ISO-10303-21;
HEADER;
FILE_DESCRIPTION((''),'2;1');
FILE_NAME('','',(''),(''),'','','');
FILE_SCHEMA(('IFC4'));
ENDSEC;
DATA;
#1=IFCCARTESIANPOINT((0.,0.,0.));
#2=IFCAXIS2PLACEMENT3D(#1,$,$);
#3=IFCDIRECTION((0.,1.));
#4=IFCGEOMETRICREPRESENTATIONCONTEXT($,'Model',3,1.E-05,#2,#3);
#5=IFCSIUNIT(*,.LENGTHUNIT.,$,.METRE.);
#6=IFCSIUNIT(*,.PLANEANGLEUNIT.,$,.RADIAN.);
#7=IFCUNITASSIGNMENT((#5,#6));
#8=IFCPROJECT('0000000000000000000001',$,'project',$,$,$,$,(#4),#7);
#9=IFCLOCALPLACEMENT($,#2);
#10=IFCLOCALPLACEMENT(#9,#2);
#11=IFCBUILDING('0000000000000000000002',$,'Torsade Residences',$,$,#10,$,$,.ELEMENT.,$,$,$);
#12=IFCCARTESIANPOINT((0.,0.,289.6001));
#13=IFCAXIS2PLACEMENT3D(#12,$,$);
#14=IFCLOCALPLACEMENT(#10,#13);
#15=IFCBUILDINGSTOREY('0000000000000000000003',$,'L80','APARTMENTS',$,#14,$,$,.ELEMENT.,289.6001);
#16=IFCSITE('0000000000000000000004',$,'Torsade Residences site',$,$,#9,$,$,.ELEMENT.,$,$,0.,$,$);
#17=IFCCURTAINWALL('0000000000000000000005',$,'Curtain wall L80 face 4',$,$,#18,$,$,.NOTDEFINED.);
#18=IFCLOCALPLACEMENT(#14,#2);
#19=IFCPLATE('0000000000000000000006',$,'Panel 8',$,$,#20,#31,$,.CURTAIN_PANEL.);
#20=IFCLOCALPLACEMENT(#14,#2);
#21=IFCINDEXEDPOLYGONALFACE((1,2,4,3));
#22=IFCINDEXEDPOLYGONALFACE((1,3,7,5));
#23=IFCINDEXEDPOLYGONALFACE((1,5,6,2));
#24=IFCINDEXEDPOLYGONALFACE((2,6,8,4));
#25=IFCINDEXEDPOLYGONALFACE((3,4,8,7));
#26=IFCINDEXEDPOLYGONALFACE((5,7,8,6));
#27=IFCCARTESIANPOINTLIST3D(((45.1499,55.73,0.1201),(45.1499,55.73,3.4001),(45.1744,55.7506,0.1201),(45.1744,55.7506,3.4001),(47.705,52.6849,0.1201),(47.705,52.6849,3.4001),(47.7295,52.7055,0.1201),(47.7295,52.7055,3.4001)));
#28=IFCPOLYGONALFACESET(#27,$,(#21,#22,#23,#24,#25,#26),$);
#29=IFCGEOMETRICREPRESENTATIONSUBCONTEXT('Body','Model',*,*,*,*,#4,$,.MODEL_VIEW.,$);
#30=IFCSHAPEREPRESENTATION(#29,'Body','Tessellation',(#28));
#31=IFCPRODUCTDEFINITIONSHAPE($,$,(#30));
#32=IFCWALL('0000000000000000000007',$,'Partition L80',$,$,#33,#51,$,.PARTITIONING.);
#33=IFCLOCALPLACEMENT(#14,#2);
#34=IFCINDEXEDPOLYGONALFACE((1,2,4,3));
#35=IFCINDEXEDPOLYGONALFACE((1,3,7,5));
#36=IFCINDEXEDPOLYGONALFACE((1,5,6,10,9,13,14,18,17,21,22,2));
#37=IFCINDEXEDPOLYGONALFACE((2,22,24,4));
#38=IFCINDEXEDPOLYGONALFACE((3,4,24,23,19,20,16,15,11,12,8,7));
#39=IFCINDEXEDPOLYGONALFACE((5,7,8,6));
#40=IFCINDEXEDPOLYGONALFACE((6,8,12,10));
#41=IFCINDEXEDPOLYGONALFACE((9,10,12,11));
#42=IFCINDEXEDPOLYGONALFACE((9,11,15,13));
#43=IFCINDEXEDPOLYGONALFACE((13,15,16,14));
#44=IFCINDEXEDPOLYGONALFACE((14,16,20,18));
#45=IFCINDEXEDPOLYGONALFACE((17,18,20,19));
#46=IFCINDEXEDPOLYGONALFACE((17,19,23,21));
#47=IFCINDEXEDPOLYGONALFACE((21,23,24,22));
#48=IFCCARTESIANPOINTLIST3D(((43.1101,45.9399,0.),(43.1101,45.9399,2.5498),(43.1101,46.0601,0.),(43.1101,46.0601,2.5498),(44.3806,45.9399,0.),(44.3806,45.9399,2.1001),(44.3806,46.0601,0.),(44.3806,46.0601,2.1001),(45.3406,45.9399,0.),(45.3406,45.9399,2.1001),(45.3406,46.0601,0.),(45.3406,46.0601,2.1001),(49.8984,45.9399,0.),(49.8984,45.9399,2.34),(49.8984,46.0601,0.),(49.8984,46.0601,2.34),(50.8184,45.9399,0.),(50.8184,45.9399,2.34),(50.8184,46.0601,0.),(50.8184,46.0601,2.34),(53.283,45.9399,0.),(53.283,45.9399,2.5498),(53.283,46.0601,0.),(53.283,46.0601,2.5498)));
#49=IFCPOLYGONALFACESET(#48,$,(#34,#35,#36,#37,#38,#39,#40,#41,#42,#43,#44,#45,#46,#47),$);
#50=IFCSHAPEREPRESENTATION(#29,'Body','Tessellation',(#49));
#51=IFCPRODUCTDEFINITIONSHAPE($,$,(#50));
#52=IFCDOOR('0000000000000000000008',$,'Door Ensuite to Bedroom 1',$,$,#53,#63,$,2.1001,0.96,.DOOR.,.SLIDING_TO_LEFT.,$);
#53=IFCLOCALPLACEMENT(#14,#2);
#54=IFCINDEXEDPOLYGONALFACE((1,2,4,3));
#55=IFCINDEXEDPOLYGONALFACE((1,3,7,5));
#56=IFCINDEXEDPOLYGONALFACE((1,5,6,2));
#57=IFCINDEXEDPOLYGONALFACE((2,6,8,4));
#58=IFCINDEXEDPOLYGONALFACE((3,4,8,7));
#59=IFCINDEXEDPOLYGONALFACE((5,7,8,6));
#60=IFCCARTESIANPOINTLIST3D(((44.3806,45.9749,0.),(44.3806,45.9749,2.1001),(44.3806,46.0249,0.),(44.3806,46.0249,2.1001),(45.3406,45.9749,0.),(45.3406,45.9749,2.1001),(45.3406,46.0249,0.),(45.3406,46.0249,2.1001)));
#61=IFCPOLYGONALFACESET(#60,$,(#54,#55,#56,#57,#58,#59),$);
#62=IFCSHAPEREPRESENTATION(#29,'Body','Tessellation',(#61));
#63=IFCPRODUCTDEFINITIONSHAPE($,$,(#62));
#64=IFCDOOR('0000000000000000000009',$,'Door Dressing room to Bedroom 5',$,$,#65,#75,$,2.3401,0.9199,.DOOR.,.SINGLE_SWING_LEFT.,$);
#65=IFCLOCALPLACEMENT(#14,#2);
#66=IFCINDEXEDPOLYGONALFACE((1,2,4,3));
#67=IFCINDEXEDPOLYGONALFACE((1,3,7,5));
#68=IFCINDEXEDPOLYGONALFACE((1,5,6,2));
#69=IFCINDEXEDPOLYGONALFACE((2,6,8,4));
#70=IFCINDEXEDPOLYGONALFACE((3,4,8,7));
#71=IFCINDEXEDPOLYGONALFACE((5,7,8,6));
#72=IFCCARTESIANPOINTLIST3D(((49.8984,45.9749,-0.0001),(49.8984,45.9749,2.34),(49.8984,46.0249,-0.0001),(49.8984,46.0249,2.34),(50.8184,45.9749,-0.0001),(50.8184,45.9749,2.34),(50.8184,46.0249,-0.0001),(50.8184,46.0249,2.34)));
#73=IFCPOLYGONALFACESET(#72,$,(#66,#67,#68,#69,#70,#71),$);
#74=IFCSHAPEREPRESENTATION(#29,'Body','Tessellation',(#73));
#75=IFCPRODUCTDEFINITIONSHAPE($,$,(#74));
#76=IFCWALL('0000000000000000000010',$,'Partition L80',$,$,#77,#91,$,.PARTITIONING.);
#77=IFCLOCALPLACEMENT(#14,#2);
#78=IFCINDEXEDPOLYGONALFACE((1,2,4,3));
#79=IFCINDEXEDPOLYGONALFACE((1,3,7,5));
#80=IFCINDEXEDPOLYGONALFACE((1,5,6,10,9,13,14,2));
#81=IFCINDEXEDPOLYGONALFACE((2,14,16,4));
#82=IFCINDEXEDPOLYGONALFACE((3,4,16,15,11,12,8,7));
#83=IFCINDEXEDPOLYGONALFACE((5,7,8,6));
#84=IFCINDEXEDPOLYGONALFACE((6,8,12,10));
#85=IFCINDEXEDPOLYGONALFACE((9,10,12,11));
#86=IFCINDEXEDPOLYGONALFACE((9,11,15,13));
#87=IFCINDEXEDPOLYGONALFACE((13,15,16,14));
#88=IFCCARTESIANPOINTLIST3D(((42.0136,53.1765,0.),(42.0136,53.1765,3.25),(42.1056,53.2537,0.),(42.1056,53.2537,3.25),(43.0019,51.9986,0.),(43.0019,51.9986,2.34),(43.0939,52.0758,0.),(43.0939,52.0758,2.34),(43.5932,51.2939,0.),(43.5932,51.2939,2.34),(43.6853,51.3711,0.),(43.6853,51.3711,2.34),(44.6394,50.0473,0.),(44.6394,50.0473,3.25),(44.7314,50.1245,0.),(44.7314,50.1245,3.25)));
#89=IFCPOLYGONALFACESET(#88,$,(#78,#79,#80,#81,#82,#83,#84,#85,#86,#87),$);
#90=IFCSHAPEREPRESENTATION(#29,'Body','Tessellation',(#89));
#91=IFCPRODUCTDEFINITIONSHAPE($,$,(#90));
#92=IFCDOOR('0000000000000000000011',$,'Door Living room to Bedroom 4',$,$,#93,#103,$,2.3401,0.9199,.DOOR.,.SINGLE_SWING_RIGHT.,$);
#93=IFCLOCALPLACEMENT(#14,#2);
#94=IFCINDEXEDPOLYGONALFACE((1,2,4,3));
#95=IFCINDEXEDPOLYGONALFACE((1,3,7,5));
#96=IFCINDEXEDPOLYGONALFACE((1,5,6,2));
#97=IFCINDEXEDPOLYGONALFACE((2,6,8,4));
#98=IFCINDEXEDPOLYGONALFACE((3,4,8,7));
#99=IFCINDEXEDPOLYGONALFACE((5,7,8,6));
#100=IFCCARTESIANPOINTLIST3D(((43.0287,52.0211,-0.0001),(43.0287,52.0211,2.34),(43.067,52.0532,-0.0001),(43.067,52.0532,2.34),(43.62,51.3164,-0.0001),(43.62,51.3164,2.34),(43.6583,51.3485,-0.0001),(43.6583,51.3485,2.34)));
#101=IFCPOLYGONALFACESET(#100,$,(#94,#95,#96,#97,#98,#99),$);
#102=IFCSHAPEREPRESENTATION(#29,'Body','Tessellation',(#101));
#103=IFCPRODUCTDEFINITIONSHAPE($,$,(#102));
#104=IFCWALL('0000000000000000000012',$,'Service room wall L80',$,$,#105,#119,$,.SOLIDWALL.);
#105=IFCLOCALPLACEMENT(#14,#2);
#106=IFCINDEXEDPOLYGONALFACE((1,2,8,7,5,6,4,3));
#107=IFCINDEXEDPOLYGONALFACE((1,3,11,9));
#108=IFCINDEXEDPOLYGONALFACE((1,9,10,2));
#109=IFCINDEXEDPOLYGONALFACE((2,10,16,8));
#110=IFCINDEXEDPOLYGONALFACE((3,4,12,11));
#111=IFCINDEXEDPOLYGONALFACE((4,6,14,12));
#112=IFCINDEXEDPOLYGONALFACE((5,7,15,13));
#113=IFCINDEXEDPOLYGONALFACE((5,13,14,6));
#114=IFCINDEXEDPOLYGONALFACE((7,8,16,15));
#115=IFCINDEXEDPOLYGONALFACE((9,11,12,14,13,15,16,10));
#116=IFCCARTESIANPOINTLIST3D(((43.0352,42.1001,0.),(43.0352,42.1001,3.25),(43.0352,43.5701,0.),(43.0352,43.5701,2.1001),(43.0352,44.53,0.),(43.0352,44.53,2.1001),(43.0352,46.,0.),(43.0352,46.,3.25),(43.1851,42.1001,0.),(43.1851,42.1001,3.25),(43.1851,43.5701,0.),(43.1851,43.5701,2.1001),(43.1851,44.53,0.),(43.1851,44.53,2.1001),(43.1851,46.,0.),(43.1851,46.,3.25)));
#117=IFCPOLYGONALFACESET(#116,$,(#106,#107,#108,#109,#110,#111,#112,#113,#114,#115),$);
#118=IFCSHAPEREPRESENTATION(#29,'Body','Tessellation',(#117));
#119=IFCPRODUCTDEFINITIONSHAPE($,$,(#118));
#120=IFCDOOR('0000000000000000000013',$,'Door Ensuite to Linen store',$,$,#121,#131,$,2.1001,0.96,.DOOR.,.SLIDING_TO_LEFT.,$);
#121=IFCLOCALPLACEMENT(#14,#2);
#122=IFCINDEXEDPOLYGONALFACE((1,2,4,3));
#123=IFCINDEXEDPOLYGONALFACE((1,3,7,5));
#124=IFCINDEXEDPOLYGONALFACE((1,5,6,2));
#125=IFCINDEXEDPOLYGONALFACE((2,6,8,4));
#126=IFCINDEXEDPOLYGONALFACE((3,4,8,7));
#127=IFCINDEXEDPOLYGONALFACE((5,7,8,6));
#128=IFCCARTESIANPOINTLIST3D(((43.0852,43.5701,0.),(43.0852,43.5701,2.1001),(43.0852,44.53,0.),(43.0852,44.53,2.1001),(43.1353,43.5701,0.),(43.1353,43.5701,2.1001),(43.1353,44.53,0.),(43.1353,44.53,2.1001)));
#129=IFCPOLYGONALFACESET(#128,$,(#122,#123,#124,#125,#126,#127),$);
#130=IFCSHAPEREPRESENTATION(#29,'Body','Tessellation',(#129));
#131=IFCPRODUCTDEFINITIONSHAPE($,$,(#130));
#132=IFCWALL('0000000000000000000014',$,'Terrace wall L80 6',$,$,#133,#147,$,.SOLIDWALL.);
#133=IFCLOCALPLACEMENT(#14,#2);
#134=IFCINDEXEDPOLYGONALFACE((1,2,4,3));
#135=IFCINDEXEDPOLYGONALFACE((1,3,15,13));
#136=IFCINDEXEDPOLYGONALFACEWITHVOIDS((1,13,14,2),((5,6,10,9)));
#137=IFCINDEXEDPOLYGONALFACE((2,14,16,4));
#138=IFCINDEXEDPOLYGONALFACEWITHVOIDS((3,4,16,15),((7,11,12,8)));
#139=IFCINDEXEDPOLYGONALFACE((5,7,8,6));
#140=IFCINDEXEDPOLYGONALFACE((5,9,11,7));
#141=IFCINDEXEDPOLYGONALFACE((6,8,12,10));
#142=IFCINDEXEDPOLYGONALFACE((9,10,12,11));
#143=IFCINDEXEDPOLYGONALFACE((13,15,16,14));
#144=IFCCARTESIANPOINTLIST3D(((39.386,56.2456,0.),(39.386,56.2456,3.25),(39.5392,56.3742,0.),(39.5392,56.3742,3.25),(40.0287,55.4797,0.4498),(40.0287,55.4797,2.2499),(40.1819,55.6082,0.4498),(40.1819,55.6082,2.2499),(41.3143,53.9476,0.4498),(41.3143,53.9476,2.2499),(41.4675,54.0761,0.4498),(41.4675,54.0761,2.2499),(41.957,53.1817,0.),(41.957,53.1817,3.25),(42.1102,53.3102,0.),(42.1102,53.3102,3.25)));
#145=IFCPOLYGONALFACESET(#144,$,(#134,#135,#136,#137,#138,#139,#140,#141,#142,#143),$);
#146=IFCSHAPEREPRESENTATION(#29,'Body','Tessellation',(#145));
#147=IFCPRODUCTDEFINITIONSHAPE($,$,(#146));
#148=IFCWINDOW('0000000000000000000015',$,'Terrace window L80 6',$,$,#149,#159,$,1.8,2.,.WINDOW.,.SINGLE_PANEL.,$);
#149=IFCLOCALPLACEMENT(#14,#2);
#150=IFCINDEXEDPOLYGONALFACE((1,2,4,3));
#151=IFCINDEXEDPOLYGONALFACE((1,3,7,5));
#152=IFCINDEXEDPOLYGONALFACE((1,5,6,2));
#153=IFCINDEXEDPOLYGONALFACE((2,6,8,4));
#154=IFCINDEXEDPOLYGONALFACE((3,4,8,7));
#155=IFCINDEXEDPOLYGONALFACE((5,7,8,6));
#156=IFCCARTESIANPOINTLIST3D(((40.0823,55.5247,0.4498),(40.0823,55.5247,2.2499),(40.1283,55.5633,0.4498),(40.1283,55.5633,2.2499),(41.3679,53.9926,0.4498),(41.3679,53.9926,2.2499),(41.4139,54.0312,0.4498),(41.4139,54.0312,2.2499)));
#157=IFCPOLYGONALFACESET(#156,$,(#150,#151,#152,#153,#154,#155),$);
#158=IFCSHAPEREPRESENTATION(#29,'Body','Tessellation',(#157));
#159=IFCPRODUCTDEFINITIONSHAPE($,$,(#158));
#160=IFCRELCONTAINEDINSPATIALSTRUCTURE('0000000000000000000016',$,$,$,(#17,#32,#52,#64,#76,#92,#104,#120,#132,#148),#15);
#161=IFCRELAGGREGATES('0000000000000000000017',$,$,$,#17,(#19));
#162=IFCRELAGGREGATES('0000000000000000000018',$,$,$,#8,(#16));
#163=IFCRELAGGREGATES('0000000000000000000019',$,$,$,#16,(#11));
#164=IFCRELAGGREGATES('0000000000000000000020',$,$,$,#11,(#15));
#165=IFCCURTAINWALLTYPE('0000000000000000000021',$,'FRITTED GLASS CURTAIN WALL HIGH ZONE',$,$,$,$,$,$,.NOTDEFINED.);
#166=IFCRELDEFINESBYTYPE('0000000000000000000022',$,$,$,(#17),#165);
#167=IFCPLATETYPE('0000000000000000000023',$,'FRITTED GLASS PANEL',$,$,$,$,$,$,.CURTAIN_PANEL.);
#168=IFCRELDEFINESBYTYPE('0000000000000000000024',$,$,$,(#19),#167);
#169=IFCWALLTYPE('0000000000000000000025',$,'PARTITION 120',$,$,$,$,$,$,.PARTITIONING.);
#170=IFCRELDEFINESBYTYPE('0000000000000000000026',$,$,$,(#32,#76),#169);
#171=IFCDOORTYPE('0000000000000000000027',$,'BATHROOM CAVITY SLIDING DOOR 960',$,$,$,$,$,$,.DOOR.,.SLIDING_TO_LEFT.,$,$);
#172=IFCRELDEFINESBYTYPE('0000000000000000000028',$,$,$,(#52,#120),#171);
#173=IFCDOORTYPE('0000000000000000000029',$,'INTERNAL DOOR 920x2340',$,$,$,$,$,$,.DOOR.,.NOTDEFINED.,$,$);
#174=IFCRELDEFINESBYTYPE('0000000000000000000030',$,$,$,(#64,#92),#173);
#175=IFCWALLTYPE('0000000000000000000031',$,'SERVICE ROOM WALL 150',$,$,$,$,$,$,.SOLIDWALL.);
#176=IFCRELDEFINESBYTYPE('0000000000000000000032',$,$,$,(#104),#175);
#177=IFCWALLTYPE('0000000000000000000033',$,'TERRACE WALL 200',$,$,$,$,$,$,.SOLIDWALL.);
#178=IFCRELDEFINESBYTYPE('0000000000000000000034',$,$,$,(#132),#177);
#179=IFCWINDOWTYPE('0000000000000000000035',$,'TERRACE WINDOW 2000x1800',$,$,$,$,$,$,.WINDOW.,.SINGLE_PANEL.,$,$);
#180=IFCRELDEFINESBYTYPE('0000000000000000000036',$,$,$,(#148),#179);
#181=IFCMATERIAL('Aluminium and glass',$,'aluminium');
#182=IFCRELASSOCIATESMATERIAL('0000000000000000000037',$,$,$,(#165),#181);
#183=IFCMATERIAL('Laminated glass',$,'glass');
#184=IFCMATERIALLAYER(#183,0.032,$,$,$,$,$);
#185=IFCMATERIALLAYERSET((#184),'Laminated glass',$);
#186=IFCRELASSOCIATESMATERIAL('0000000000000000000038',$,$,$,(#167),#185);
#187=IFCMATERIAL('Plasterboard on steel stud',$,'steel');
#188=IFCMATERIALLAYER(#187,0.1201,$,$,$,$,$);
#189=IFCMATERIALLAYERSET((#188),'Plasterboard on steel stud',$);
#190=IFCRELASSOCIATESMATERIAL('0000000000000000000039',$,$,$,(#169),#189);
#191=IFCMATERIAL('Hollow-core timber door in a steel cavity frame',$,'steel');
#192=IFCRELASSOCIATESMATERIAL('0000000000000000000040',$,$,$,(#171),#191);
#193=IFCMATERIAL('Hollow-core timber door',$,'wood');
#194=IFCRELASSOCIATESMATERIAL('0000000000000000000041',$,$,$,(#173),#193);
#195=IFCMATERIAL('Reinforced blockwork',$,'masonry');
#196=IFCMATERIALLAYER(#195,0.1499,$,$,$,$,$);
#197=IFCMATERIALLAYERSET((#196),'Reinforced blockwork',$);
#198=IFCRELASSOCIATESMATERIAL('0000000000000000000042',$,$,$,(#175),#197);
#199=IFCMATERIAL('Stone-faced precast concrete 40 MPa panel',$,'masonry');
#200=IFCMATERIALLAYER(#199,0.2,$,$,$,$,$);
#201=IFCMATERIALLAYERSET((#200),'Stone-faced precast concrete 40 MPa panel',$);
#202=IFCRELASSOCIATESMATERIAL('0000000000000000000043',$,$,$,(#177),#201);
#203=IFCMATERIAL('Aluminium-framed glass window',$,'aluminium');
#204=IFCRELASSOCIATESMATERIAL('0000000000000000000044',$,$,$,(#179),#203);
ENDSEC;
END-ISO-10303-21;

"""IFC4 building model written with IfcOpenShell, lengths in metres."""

from ifc_helpers import new_model, si_unit, direction, frame, frame_2d, origin, origin_2d, place, context, subcontext, project, spatial, rectangle, extrude, material, layer, layer_set, type_object, element, fill, aggregate, save


model = new_model("IFC4")

# Units and contexts
model_context = context("Model", 3, precision=1e-05, world=origin(), true_north=direction((0.0, 1.0)))
body_context = subcontext(model_context, "Body", "Model", "MODEL_VIEW")
ifc_project = project(units=[si_unit("LENGTHUNIT", "METRE"), si_unit("PLANEANGLEUNIT", "RADIAN")], contexts=[model_context])

# Site, building, storey
site_placement = place(None, origin())
site = spatial("IfcSite", under=ifc_project, at=site_placement, Name="Torsade Residences site", CompositionType="ELEMENT", RefElevation=0.0)
building_placement = place(site_placement, origin())
building = spatial("IfcBuilding", under=site, at=building_placement, Name="Torsade Residences", CompositionType="ELEMENT")
storey_placement = place(building_placement, frame((0.0, 0.0, 289.6001)))
storey = spatial("IfcBuildingStorey", under=building, at=storey_placement, Name="L80", Description="APARTMENTS", CompositionType="ELEMENT", Elevation=289.6001)

# Curtain wall
ifc_material_1 = material(Name="Aluminium and glass", Category="aluminium")
curtain_wall_type = type_object("IfcCurtainWallType", Name="FRITTED GLASS CURTAIN WALL HIGH ZONE", PredefinedType="NOTDEFINED", material=ifc_material_1)
curtain_wall_1_placement = place(storey_placement, origin())
curtain_wall_1 = element("IfcCurtainWall", 1, at=curtain_wall_1_placement, inside=storey, type_object=curtain_wall_type, Name="Curtain wall L80 face 4", PredefinedType="NOTDEFINED")

# Plate
ifc_material_2 = material(Name="Laminated glass", Category="glass")
ifc_layer_1 = layer(ifc_material_2, 0.032)
ifc_layer_set_1 = layer_set([ifc_layer_1], Name="Laminated glass")
plate_type = type_object("IfcPlateType", Name="FRITTED GLASS PANEL", PredefinedType="CURTAIN_PANEL", material=ifc_layer_set_1)
plate_placement = place(storey_placement, frame((46.4397, 54.2178, 0.1201), z_axis=(0.0, 0.0, 1.0), x_axis=(-0.642788, 0.766044, 0.0)))
plate = element("IfcPlate", 2, at=plate_placement, type_object=plate_type, Name="Panel 8", PredefinedType="CURTAIN_PANEL", context=body_context, shape_type="SweptSolid", body=[
    extrude(rectangle(XDim=3.9751, YDim=0.032, at=origin_2d()), origin(), (0.0, 0.0, 1.0), 3.28),
])
aggregate(curtain_wall_1, [plate])

# Wall, openings, doors
ifc_material_3 = material(Name="Plasterboard on steel stud", Category="steel")
ifc_layer_2 = layer(ifc_material_3, 0.1201)
ifc_layer_set_2 = layer_set([ifc_layer_2], Name="Plasterboard on steel stud")
wall_type_1 = type_object("IfcWallType", Name="PARTITION 120", PredefinedType="PARTITIONING", material=ifc_layer_set_2)
wall_1_placement = place(storey_placement, frame((43.1101, 46.0, 0.0), z_axis=(0.0, 0.0, 1.0), x_axis=(1.0, 0.0, 0.0)))
wall_1 = element("IfcWall", 3, at=wall_1_placement, inside=storey, type_object=wall_type_1, Name="Partition L80", PredefinedType="PARTITIONING", context=body_context, shape_type="SweptSolid", body=[
    extrude(rectangle(XDim=10.1729, YDim=0.1201, at=frame_2d((5.0864, 0.0))), origin(), (0.0, 0.0, 1.0), 2.5498),
])
opening_1_placement = place(wall_1_placement, frame((6.7883, 0.0, 0.0)))
opening_1 = element("IfcOpeningElement", 4, at=opening_1_placement, cuts=wall_1, PredefinedType="OPENING", context=body_context, shape_type="SweptSolid", body=[
    extrude(rectangle(XDim=0.9199, YDim=2.3401, at=frame_2d((0.46, 1.1699))), frame((0.0, 0.0701, 0.0), z_axis=(0.0, -1.0, 0.0), x_axis=(1.0, 0.0, 0.0)), (0.0, 0.0, 1.0), 0.1401),
])
opening_2_placement = place(wall_1_placement, frame((1.2705, 0.0, 0.0)))
opening_2 = element("IfcOpeningElement", 5, at=opening_2_placement, cuts=wall_1, PredefinedType="OPENING", context=body_context, shape_type="SweptSolid", body=[
    extrude(rectangle(XDim=0.96, YDim=2.1001, at=frame_2d((0.48, 1.05))), frame((0.0, 0.0701, 0.0), z_axis=(0.0, -1.0, 0.0), x_axis=(1.0, 0.0, 0.0)), (0.0, 0.0, 1.0), 0.1401),
])
ifc_material_4 = material(Name="Hollow-core timber door in a steel cavity frame", Category="steel")
door_type_1 = type_object("IfcDoorType", Name="BATHROOM CAVITY SLIDING DOOR 960", OperationType="SLIDING_TO_LEFT", PredefinedType="DOOR", material=ifc_material_4)
door_1_placement = place(opening_2_placement, origin())
door_1 = element("IfcDoor", 6, at=door_1_placement, inside=storey, type_object=door_type_1, Name="Door Ensuite to Bedroom 1", OperationType="SLIDING_TO_LEFT", OverallHeight=2.1001, OverallWidth=0.96, PredefinedType="DOOR", context=body_context, shape_type="SweptSolid", body=[
    extrude(rectangle(XDim=0.96, YDim=2.1001, at=frame_2d((0.48, 1.05))), frame((0.0, 0.0249, 0.0), z_axis=(0.0, -1.0, 0.0), x_axis=(1.0, 0.0, 0.0)), (0.0, 0.0, 1.0), 0.05),
])
fill(opening_2, door_1)
ifc_material_5 = material(Name="Hollow-core timber door", Category="wood")
door_type_2 = type_object("IfcDoorType", Name="INTERNAL DOOR 920x2340", OperationType="NOTDEFINED", PredefinedType="DOOR", material=ifc_material_5)
door_2_placement = place(opening_1_placement, origin())
door_2 = element("IfcDoor", 7, at=door_2_placement, inside=storey, type_object=door_type_2, Name="Door Dressing room to Bedroom 5", OperationType="SINGLE_SWING_LEFT", OverallHeight=2.3401, OverallWidth=0.9199, PredefinedType="DOOR", context=body_context, shape_type="SweptSolid", body=[
    extrude(rectangle(XDim=0.9199, YDim=2.3401, at=frame_2d((0.46, 1.1699))), frame((0.0, 0.0249, 0.0), z_axis=(0.0, -1.0, 0.0), x_axis=(1.0, 0.0, 0.0)), (0.0, 0.0, 1.0), 0.05),
])
fill(opening_1, door_2)

# Walls, openings, doors
wall_2_placement = place(storey_placement, frame((42.0596, 53.2151, 0.0), z_axis=(0.0, 0.0, 1.0), x_axis=(0.642797, -0.766037, 0.0)))
wall_2 = element("IfcWall", 8, at=wall_2_placement, inside=storey, type_object=wall_type_1, Name="Partition L80", PredefinedType="PARTITIONING", context=body_context, shape_type="SweptSolid", body=[
    extrude(rectangle(XDim=4.085, YDim=0.1201, at=frame_2d((2.0425, 0.0))), origin(), (0.0, 0.0, 1.0), 3.25),
])
opening_3_placement = place(wall_2_placement, frame((1.5376, 0.0, 0.0)))
opening_3 = element("IfcOpeningElement", 9, at=opening_3_placement, cuts=wall_2, PredefinedType="OPENING", context=body_context, shape_type="SweptSolid", body=[
    extrude(rectangle(XDim=0.9199, YDim=2.3401, at=frame_2d((0.46, 1.1699))), frame((0.0, 0.0701, 0.0), z_axis=(0.0, -1.0, 0.0), x_axis=(1.0, 0.0, 0.0)), (0.0, 0.0, 1.0), 0.1401),
])
door_3_placement = place(opening_3_placement, origin())
door_3 = element("IfcDoor", 10, at=door_3_placement, inside=storey, type_object=door_type_2, Name="Door Living room to Bedroom 4", OperationType="SINGLE_SWING_RIGHT", OverallHeight=2.3401, OverallWidth=0.9199, PredefinedType="DOOR", context=body_context, shape_type="SweptSolid", body=[
    extrude(rectangle(XDim=0.9199, YDim=2.3401, at=frame_2d((0.46, 1.1699))), frame((0.0, 0.0249, 0.0), z_axis=(0.0, -1.0, 0.0), x_axis=(1.0, 0.0, 0.0)), (0.0, 0.0, 1.0), 0.05),
])
fill(opening_3, door_3)
ifc_material_6 = material(Name="Reinforced blockwork", Category="masonry")
ifc_layer_3 = layer(ifc_material_6, 0.1499)
ifc_layer_set_3 = layer_set([ifc_layer_3], Name="Reinforced blockwork")
wall_type_2 = type_object("IfcWallType", Name="SERVICE ROOM WALL 150", PredefinedType="SOLIDWALL", material=ifc_layer_set_3)
wall_3_placement = place(storey_placement, frame((43.1101, 42.1001, 0.0), z_axis=(0.0, 0.0, 1.0), x_axis=(0.0, 1.0, 0.0)))
wall_3 = element("IfcWall", 11, at=wall_3_placement, inside=storey, type_object=wall_type_2, Name="Service room wall L80", PredefinedType="SOLIDWALL", context=body_context, shape_type="SweptSolid", body=[
    extrude(rectangle(XDim=3.8999, YDim=0.1499, at=frame_2d((1.95, 0.0))), origin(), (0.0, 0.0, 1.0), 3.25),
])
opening_4_placement = place(wall_3_placement, frame((1.47, 0.0, 0.0)))
opening_4 = element("IfcOpeningElement", 12, at=opening_4_placement, cuts=wall_3, PredefinedType="OPENING", context=body_context, shape_type="SweptSolid", body=[
    extrude(rectangle(XDim=0.96, YDim=2.1001, at=frame_2d((0.48, 1.05))), frame((0.0, 0.085, 0.0), z_axis=(0.0, -1.0, 0.0), x_axis=(1.0, 0.0, 0.0)), (0.0, 0.0, 1.0), 0.1699),
])
door_4_placement = place(opening_4_placement, origin())
door_4 = element("IfcDoor", 13, at=door_4_placement, inside=storey, type_object=door_type_1, Name="Door Ensuite to Linen store", OperationType="SLIDING_TO_LEFT", OverallHeight=2.1001, OverallWidth=0.96, PredefinedType="DOOR", context=body_context, shape_type="SweptSolid", body=[
    extrude(rectangle(XDim=0.96, YDim=2.1001, at=frame_2d((0.48, 1.05))), frame((0.0, 0.0249, 0.0), z_axis=(0.0, -1.0, 0.0), x_axis=(1.0, 0.0, 0.0)), (0.0, 0.0, 1.0), 0.05),
])
fill(opening_4, door_4)
ifc_material_7 = material(Name="Stone-faced precast concrete 40 MPa panel", Category="masonry")
ifc_layer_4 = layer(ifc_material_7, 0.2)
ifc_layer_set_4 = layer_set([ifc_layer_4], Name="Stone-faced precast concrete 40 MPa panel")
wall_type_3 = type_object("IfcWallType", Name="TERRACE WALL 200", PredefinedType="SOLIDWALL", material=ifc_layer_set_4)

# Wall, opening, window
wall_4_placement = place(storey_placement, frame((42.0337, 53.2458, 0.0), z_axis=(0.0, 0.0, 1.0), x_axis=(-0.642798, 0.766035, 0.0)))
wall_4 = element("IfcWall", 14, at=wall_4_placement, inside=storey, type_object=wall_type_3, Name="Terrace wall L80 6", PredefinedType="SOLIDWALL", context=body_context, shape_type="SweptSolid", body=[
    extrude(rectangle(XDim=3.9998, YDim=0.2, at=frame_2d((2.0, 0.0))), origin(), (0.0, 0.0, 1.0), 3.25),
])
opening_5_placement = place(wall_4_placement, frame((1.0, 0.0, 0.45)))
opening_5 = element("IfcOpeningElement", 15, at=opening_5_placement, cuts=wall_4, PredefinedType="OPENING", context=body_context, shape_type="SweptSolid", body=[
    extrude(rectangle(XDim=2.0, YDim=1.8, at=frame_2d((1.0, 0.8999))), frame((0.0, 0.1099, 0.0), z_axis=(0.0, -1.0, 0.0), x_axis=(1.0, 0.0, 0.0)), (0.0, 0.0, 1.0), 0.22),
])
ifc_material_8 = material(Name="Aluminium-framed glass window", Category="aluminium")
window_type = type_object("IfcWindowType", Name="TERRACE WINDOW 2000x1800", PartitioningType="SINGLE_PANEL", PredefinedType="WINDOW", material=ifc_material_8)
window_placement = place(opening_5_placement, origin())
window = element("IfcWindow", 16, at=window_placement, inside=storey, type_object=window_type, Name="Terrace window L80 6", OverallHeight=1.8, OverallWidth=2.0, PartitioningType="SINGLE_PANEL", PredefinedType="WINDOW", context=body_context, shape_type="SweptSolid", body=[
    extrude(rectangle(XDim=2.0, YDim=1.8, at=frame_2d((1.0, 0.8999))), frame((0.0, 0.03, 0.0), z_axis=(0.0, -1.0, 0.0), x_axis=(1.0, 0.0, 0.0)), (0.0, 0.0, 1.0), 0.0601),
])
fill(opening_5, window)

save(model, "model.ifc")
